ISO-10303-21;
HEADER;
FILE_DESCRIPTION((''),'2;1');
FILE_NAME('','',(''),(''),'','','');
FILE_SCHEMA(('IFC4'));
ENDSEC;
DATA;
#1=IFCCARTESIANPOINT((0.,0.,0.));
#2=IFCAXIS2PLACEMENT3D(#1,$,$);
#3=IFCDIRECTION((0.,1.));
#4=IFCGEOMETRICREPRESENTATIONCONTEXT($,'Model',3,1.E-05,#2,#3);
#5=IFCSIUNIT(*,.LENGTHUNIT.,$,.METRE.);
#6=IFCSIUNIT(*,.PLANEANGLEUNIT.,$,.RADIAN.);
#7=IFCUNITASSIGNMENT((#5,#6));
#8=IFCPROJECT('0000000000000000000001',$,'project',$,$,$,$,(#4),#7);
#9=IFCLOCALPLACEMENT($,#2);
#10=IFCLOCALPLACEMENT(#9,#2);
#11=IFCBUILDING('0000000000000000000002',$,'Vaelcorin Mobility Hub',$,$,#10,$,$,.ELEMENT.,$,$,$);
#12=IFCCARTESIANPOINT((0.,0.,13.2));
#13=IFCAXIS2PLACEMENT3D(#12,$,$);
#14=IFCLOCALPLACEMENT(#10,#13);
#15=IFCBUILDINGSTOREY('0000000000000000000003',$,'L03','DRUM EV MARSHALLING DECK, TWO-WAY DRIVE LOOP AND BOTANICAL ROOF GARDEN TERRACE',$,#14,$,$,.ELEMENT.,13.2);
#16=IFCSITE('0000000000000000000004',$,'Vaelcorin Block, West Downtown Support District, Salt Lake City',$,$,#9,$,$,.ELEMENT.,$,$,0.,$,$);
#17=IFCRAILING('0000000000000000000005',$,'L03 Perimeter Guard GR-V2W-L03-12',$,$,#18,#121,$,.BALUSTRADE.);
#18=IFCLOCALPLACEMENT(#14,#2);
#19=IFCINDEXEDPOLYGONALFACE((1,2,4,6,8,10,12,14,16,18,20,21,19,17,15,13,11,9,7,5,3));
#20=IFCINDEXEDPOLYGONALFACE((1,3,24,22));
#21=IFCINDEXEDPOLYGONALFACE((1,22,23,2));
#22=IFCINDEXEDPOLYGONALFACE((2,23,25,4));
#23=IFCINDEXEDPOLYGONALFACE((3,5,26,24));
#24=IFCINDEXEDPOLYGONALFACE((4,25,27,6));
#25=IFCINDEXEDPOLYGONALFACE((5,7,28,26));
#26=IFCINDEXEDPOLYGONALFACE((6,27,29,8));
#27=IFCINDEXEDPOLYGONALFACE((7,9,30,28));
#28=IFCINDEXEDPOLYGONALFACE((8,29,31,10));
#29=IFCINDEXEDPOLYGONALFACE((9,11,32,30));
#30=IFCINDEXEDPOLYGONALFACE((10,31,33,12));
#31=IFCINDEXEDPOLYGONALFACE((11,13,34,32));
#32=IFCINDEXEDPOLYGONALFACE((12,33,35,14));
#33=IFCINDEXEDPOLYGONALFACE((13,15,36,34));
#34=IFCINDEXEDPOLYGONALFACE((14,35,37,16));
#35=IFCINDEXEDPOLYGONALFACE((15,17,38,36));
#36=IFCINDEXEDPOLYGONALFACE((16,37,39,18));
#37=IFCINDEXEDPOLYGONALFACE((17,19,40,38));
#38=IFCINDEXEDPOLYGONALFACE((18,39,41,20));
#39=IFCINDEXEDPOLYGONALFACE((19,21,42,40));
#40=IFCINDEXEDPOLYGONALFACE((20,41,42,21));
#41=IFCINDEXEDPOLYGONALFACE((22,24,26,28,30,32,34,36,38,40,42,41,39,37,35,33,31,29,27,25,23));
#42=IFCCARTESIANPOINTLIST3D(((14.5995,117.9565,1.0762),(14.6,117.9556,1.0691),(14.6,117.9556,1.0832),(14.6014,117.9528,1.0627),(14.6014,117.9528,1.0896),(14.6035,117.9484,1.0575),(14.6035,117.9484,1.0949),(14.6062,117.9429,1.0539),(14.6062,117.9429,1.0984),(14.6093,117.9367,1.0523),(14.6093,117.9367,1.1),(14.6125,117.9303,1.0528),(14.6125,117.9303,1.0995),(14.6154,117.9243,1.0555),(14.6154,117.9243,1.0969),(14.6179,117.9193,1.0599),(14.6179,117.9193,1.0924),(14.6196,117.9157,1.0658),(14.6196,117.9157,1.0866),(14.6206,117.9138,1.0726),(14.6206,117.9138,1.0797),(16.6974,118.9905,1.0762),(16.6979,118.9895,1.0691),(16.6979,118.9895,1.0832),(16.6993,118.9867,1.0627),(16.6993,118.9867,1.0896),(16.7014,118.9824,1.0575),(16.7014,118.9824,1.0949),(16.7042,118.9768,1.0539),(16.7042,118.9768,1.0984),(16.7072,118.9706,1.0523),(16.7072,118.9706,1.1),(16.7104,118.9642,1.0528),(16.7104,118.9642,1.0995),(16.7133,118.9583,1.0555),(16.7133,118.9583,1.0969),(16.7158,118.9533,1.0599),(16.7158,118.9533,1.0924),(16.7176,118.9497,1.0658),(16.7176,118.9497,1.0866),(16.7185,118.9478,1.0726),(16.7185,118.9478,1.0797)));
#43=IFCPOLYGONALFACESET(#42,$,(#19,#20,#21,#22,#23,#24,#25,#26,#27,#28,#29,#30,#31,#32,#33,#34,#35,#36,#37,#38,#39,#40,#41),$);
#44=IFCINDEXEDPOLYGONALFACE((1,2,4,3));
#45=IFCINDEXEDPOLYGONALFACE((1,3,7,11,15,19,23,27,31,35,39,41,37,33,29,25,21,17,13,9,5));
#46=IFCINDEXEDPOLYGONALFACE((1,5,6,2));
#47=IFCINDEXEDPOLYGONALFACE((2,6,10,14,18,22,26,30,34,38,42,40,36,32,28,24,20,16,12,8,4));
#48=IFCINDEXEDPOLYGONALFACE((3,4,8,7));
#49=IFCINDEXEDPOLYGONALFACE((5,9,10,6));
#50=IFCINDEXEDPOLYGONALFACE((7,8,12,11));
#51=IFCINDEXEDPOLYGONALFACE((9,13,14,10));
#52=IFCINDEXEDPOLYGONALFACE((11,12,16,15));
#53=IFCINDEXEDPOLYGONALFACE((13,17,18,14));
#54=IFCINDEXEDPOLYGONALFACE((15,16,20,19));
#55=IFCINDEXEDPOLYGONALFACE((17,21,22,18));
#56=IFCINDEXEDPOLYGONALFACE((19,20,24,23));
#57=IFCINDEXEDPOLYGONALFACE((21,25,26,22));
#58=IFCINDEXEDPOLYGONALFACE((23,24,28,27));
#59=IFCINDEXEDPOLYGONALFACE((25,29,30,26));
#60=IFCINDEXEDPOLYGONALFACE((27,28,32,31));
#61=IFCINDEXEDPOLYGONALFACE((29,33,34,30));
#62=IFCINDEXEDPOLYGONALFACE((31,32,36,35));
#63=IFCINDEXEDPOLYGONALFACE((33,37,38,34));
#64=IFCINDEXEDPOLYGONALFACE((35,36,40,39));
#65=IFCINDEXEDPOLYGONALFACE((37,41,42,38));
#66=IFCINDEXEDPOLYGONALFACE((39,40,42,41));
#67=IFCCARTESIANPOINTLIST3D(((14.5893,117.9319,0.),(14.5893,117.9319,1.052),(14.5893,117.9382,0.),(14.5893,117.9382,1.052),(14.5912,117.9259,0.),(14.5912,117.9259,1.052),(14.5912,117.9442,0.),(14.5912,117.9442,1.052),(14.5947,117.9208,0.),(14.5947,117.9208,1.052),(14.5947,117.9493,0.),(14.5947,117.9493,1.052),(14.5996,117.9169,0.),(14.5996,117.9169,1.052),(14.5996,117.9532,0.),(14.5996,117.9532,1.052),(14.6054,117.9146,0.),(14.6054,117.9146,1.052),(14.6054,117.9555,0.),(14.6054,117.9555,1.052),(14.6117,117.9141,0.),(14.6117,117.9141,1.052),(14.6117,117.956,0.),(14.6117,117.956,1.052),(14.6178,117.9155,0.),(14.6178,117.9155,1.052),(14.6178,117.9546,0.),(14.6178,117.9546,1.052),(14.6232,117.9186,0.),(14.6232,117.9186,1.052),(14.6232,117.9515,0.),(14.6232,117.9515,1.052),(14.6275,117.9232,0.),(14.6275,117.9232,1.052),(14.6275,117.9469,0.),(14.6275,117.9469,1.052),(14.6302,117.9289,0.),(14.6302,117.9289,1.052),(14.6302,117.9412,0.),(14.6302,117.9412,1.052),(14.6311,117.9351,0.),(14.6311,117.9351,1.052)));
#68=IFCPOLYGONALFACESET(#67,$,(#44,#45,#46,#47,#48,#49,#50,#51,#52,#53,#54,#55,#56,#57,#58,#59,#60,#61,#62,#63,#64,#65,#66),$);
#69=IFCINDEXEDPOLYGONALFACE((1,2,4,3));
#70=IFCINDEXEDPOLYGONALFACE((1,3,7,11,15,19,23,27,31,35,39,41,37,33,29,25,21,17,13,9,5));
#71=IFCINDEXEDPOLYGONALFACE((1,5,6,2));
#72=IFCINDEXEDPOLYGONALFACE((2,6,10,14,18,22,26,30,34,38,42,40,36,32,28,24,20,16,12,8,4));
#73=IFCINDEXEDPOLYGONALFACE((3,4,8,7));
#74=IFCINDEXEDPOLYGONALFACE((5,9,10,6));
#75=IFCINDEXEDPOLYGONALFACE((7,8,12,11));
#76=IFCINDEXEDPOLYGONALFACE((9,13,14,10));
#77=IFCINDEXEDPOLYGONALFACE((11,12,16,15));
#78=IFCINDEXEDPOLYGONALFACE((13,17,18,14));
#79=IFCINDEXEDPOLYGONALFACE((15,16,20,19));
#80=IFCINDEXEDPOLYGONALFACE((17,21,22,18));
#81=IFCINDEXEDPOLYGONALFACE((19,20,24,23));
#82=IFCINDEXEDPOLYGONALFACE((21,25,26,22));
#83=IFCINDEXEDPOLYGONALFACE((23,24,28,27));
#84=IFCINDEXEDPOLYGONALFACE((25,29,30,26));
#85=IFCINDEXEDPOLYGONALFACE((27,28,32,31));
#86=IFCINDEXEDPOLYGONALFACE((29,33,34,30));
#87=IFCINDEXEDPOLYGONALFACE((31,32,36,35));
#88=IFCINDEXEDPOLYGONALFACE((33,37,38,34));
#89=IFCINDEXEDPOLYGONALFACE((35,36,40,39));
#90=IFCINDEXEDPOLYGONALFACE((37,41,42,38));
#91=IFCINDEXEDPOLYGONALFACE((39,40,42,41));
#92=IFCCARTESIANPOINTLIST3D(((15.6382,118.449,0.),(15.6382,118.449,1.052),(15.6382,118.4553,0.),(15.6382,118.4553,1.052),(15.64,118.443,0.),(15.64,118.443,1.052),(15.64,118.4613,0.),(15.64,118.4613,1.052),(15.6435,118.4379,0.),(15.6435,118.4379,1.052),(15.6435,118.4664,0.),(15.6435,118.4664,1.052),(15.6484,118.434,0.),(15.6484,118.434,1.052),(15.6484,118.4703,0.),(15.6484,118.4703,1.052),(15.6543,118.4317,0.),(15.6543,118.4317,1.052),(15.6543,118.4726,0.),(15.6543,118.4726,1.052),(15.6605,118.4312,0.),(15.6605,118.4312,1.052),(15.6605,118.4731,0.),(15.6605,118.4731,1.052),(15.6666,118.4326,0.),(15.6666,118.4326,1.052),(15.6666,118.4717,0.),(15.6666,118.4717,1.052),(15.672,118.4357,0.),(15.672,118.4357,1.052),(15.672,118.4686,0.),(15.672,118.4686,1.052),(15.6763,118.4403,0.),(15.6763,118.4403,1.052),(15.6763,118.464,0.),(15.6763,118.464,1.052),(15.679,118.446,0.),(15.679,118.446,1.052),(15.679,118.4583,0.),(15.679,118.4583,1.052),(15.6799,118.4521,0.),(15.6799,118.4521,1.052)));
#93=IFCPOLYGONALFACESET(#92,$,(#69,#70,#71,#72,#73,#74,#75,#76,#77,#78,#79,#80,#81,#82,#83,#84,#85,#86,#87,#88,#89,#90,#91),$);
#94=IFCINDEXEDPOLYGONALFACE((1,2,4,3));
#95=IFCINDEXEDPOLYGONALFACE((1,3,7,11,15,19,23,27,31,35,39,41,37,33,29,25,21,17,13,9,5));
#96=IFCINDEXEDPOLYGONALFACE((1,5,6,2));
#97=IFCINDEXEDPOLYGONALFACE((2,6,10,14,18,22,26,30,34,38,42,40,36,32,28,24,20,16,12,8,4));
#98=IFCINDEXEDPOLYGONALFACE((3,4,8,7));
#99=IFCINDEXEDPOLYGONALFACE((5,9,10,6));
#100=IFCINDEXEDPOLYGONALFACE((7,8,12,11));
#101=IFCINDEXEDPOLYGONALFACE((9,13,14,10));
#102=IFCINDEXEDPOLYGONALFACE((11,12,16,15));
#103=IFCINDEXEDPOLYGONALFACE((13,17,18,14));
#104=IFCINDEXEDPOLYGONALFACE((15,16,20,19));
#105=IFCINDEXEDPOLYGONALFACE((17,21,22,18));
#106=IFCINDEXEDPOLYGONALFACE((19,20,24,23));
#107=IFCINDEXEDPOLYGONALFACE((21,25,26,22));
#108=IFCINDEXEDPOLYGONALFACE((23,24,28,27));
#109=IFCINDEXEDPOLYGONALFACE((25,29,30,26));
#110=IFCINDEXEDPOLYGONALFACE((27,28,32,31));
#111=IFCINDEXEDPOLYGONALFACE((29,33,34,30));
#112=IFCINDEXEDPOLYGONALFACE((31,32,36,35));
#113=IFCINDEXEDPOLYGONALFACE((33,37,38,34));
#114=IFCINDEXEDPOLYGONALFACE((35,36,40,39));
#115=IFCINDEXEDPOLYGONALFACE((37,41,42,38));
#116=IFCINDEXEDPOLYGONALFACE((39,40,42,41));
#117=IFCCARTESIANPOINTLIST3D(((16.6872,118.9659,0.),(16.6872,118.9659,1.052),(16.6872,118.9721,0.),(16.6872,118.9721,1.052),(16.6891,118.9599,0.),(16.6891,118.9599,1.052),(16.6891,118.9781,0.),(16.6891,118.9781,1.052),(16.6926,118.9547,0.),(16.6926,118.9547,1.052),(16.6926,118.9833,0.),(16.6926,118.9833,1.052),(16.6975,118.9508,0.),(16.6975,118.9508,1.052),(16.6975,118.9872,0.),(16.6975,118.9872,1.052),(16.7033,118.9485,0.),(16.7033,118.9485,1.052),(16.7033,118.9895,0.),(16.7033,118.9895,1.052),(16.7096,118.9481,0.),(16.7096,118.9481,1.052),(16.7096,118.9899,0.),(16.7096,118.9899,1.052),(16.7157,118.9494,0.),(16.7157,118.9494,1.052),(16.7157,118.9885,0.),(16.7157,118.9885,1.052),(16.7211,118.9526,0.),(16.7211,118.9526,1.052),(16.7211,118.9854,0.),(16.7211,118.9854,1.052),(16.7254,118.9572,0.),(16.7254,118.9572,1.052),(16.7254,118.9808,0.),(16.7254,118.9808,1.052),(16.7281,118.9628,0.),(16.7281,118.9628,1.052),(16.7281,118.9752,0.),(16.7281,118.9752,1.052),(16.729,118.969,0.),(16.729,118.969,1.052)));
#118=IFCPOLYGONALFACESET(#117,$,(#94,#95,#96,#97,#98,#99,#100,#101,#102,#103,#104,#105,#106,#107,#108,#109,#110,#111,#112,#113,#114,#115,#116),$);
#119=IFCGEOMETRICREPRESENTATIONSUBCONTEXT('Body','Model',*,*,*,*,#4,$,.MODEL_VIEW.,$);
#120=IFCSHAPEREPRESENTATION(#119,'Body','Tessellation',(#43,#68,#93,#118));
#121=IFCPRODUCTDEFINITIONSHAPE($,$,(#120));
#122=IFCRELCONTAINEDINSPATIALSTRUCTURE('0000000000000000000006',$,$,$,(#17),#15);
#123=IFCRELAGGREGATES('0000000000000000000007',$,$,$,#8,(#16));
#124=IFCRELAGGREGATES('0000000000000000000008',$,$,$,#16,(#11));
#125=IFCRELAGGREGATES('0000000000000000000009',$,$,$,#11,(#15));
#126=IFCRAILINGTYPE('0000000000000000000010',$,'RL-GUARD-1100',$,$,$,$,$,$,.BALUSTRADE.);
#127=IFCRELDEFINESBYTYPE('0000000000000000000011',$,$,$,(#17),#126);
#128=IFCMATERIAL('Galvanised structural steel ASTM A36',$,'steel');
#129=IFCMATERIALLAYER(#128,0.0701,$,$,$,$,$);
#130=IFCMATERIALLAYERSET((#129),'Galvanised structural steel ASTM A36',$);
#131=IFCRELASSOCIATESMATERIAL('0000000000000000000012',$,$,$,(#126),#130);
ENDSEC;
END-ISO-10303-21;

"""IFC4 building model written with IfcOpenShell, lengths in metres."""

from ifc_helpers import new_model, si_unit, direction, frame, origin, origin_2d, place, context, subcontext, project, spatial, circle, extrude, material, layer, layer_set, type_object, element, save


model = new_model("IFC4")

# Units and contexts
model_context = context("Model", 3, precision=1e-05, world=origin(), true_north=direction((0.0, 1.0)))
body_context = subcontext(model_context, "Body", "Model", "MODEL_VIEW")
ifc_project = project(units=[si_unit("LENGTHUNIT", "METRE"), si_unit("PLANEANGLEUNIT", "RADIAN")], contexts=[model_context])

# Site, building, storey
site_placement = place(None, origin())
site = spatial("IfcSite", under=ifc_project, at=site_placement, Name="Vaelcorin Block, West Downtown Support District, Salt Lake City", CompositionType="ELEMENT", RefElevation=0.0)
building_placement = place(site_placement, origin())
building = spatial("IfcBuilding", under=site, at=building_placement, Name="Vaelcorin Mobility Hub", CompositionType="ELEMENT")
storey_placement = place(building_placement, frame((0.0, 0.0, 13.2)))
storey = spatial("IfcBuildingStorey", under=building, at=storey_placement, Name="L03", Description="DRUM EV MARSHALLING DECK, TWO-WAY DRIVE LOOP AND BOTANICAL ROOF GARDEN TERRACE", CompositionType="ELEMENT", Elevation=13.2)

# Railing
ifc_material_1 = material(Name="Galvanised structural steel ASTM A36", Category="steel")
ifc_layer_1 = layer(ifc_material_1, 0.0701)
ifc_layer_set_1 = layer_set([ifc_layer_1], Name="Galvanised structural steel ASTM A36")
railing_type = type_object("IfcRailingType", Name="RL-GUARD-1100", PredefinedType="BALUSTRADE", material=ifc_layer_set_1)
railing_1_placement = place(storey_placement, frame((14.6101, 117.9351, 0.0)))
element("IfcRailing", 1, at=railing_1_placement, inside=storey, type_object=railing_type, Name="L03 Perimeter Guard GR-V2W-L03-12", PredefinedType="BALUSTRADE", context=body_context, shape_type="SweptSolid", body=[
    extrude(circle(Radius=0.0239, at=origin_2d()), frame((0.0, 0.0, 1.0762), z_axis=(0.89698, 0.44207, 0.0), x_axis=(-0.44207, 0.89698, 0.0)), (0.0, 0.0, 1.0), 2.3389),
    extrude(circle(Radius=0.021, at=origin_2d()), origin(), (0.0, 0.0, 1.0), 1.052),
    extrude(circle(Radius=0.021, at=origin_2d()), frame((1.0488, 0.5171, 0.0)), (0.0, 0.0, 1.0), 1.052),
    extrude(circle(Radius=0.021, at=origin_2d()), frame((2.0979, 1.0339, 0.0)), (0.0, 0.0, 1.0), 1.052),
])

save(model, "model.ifc")
